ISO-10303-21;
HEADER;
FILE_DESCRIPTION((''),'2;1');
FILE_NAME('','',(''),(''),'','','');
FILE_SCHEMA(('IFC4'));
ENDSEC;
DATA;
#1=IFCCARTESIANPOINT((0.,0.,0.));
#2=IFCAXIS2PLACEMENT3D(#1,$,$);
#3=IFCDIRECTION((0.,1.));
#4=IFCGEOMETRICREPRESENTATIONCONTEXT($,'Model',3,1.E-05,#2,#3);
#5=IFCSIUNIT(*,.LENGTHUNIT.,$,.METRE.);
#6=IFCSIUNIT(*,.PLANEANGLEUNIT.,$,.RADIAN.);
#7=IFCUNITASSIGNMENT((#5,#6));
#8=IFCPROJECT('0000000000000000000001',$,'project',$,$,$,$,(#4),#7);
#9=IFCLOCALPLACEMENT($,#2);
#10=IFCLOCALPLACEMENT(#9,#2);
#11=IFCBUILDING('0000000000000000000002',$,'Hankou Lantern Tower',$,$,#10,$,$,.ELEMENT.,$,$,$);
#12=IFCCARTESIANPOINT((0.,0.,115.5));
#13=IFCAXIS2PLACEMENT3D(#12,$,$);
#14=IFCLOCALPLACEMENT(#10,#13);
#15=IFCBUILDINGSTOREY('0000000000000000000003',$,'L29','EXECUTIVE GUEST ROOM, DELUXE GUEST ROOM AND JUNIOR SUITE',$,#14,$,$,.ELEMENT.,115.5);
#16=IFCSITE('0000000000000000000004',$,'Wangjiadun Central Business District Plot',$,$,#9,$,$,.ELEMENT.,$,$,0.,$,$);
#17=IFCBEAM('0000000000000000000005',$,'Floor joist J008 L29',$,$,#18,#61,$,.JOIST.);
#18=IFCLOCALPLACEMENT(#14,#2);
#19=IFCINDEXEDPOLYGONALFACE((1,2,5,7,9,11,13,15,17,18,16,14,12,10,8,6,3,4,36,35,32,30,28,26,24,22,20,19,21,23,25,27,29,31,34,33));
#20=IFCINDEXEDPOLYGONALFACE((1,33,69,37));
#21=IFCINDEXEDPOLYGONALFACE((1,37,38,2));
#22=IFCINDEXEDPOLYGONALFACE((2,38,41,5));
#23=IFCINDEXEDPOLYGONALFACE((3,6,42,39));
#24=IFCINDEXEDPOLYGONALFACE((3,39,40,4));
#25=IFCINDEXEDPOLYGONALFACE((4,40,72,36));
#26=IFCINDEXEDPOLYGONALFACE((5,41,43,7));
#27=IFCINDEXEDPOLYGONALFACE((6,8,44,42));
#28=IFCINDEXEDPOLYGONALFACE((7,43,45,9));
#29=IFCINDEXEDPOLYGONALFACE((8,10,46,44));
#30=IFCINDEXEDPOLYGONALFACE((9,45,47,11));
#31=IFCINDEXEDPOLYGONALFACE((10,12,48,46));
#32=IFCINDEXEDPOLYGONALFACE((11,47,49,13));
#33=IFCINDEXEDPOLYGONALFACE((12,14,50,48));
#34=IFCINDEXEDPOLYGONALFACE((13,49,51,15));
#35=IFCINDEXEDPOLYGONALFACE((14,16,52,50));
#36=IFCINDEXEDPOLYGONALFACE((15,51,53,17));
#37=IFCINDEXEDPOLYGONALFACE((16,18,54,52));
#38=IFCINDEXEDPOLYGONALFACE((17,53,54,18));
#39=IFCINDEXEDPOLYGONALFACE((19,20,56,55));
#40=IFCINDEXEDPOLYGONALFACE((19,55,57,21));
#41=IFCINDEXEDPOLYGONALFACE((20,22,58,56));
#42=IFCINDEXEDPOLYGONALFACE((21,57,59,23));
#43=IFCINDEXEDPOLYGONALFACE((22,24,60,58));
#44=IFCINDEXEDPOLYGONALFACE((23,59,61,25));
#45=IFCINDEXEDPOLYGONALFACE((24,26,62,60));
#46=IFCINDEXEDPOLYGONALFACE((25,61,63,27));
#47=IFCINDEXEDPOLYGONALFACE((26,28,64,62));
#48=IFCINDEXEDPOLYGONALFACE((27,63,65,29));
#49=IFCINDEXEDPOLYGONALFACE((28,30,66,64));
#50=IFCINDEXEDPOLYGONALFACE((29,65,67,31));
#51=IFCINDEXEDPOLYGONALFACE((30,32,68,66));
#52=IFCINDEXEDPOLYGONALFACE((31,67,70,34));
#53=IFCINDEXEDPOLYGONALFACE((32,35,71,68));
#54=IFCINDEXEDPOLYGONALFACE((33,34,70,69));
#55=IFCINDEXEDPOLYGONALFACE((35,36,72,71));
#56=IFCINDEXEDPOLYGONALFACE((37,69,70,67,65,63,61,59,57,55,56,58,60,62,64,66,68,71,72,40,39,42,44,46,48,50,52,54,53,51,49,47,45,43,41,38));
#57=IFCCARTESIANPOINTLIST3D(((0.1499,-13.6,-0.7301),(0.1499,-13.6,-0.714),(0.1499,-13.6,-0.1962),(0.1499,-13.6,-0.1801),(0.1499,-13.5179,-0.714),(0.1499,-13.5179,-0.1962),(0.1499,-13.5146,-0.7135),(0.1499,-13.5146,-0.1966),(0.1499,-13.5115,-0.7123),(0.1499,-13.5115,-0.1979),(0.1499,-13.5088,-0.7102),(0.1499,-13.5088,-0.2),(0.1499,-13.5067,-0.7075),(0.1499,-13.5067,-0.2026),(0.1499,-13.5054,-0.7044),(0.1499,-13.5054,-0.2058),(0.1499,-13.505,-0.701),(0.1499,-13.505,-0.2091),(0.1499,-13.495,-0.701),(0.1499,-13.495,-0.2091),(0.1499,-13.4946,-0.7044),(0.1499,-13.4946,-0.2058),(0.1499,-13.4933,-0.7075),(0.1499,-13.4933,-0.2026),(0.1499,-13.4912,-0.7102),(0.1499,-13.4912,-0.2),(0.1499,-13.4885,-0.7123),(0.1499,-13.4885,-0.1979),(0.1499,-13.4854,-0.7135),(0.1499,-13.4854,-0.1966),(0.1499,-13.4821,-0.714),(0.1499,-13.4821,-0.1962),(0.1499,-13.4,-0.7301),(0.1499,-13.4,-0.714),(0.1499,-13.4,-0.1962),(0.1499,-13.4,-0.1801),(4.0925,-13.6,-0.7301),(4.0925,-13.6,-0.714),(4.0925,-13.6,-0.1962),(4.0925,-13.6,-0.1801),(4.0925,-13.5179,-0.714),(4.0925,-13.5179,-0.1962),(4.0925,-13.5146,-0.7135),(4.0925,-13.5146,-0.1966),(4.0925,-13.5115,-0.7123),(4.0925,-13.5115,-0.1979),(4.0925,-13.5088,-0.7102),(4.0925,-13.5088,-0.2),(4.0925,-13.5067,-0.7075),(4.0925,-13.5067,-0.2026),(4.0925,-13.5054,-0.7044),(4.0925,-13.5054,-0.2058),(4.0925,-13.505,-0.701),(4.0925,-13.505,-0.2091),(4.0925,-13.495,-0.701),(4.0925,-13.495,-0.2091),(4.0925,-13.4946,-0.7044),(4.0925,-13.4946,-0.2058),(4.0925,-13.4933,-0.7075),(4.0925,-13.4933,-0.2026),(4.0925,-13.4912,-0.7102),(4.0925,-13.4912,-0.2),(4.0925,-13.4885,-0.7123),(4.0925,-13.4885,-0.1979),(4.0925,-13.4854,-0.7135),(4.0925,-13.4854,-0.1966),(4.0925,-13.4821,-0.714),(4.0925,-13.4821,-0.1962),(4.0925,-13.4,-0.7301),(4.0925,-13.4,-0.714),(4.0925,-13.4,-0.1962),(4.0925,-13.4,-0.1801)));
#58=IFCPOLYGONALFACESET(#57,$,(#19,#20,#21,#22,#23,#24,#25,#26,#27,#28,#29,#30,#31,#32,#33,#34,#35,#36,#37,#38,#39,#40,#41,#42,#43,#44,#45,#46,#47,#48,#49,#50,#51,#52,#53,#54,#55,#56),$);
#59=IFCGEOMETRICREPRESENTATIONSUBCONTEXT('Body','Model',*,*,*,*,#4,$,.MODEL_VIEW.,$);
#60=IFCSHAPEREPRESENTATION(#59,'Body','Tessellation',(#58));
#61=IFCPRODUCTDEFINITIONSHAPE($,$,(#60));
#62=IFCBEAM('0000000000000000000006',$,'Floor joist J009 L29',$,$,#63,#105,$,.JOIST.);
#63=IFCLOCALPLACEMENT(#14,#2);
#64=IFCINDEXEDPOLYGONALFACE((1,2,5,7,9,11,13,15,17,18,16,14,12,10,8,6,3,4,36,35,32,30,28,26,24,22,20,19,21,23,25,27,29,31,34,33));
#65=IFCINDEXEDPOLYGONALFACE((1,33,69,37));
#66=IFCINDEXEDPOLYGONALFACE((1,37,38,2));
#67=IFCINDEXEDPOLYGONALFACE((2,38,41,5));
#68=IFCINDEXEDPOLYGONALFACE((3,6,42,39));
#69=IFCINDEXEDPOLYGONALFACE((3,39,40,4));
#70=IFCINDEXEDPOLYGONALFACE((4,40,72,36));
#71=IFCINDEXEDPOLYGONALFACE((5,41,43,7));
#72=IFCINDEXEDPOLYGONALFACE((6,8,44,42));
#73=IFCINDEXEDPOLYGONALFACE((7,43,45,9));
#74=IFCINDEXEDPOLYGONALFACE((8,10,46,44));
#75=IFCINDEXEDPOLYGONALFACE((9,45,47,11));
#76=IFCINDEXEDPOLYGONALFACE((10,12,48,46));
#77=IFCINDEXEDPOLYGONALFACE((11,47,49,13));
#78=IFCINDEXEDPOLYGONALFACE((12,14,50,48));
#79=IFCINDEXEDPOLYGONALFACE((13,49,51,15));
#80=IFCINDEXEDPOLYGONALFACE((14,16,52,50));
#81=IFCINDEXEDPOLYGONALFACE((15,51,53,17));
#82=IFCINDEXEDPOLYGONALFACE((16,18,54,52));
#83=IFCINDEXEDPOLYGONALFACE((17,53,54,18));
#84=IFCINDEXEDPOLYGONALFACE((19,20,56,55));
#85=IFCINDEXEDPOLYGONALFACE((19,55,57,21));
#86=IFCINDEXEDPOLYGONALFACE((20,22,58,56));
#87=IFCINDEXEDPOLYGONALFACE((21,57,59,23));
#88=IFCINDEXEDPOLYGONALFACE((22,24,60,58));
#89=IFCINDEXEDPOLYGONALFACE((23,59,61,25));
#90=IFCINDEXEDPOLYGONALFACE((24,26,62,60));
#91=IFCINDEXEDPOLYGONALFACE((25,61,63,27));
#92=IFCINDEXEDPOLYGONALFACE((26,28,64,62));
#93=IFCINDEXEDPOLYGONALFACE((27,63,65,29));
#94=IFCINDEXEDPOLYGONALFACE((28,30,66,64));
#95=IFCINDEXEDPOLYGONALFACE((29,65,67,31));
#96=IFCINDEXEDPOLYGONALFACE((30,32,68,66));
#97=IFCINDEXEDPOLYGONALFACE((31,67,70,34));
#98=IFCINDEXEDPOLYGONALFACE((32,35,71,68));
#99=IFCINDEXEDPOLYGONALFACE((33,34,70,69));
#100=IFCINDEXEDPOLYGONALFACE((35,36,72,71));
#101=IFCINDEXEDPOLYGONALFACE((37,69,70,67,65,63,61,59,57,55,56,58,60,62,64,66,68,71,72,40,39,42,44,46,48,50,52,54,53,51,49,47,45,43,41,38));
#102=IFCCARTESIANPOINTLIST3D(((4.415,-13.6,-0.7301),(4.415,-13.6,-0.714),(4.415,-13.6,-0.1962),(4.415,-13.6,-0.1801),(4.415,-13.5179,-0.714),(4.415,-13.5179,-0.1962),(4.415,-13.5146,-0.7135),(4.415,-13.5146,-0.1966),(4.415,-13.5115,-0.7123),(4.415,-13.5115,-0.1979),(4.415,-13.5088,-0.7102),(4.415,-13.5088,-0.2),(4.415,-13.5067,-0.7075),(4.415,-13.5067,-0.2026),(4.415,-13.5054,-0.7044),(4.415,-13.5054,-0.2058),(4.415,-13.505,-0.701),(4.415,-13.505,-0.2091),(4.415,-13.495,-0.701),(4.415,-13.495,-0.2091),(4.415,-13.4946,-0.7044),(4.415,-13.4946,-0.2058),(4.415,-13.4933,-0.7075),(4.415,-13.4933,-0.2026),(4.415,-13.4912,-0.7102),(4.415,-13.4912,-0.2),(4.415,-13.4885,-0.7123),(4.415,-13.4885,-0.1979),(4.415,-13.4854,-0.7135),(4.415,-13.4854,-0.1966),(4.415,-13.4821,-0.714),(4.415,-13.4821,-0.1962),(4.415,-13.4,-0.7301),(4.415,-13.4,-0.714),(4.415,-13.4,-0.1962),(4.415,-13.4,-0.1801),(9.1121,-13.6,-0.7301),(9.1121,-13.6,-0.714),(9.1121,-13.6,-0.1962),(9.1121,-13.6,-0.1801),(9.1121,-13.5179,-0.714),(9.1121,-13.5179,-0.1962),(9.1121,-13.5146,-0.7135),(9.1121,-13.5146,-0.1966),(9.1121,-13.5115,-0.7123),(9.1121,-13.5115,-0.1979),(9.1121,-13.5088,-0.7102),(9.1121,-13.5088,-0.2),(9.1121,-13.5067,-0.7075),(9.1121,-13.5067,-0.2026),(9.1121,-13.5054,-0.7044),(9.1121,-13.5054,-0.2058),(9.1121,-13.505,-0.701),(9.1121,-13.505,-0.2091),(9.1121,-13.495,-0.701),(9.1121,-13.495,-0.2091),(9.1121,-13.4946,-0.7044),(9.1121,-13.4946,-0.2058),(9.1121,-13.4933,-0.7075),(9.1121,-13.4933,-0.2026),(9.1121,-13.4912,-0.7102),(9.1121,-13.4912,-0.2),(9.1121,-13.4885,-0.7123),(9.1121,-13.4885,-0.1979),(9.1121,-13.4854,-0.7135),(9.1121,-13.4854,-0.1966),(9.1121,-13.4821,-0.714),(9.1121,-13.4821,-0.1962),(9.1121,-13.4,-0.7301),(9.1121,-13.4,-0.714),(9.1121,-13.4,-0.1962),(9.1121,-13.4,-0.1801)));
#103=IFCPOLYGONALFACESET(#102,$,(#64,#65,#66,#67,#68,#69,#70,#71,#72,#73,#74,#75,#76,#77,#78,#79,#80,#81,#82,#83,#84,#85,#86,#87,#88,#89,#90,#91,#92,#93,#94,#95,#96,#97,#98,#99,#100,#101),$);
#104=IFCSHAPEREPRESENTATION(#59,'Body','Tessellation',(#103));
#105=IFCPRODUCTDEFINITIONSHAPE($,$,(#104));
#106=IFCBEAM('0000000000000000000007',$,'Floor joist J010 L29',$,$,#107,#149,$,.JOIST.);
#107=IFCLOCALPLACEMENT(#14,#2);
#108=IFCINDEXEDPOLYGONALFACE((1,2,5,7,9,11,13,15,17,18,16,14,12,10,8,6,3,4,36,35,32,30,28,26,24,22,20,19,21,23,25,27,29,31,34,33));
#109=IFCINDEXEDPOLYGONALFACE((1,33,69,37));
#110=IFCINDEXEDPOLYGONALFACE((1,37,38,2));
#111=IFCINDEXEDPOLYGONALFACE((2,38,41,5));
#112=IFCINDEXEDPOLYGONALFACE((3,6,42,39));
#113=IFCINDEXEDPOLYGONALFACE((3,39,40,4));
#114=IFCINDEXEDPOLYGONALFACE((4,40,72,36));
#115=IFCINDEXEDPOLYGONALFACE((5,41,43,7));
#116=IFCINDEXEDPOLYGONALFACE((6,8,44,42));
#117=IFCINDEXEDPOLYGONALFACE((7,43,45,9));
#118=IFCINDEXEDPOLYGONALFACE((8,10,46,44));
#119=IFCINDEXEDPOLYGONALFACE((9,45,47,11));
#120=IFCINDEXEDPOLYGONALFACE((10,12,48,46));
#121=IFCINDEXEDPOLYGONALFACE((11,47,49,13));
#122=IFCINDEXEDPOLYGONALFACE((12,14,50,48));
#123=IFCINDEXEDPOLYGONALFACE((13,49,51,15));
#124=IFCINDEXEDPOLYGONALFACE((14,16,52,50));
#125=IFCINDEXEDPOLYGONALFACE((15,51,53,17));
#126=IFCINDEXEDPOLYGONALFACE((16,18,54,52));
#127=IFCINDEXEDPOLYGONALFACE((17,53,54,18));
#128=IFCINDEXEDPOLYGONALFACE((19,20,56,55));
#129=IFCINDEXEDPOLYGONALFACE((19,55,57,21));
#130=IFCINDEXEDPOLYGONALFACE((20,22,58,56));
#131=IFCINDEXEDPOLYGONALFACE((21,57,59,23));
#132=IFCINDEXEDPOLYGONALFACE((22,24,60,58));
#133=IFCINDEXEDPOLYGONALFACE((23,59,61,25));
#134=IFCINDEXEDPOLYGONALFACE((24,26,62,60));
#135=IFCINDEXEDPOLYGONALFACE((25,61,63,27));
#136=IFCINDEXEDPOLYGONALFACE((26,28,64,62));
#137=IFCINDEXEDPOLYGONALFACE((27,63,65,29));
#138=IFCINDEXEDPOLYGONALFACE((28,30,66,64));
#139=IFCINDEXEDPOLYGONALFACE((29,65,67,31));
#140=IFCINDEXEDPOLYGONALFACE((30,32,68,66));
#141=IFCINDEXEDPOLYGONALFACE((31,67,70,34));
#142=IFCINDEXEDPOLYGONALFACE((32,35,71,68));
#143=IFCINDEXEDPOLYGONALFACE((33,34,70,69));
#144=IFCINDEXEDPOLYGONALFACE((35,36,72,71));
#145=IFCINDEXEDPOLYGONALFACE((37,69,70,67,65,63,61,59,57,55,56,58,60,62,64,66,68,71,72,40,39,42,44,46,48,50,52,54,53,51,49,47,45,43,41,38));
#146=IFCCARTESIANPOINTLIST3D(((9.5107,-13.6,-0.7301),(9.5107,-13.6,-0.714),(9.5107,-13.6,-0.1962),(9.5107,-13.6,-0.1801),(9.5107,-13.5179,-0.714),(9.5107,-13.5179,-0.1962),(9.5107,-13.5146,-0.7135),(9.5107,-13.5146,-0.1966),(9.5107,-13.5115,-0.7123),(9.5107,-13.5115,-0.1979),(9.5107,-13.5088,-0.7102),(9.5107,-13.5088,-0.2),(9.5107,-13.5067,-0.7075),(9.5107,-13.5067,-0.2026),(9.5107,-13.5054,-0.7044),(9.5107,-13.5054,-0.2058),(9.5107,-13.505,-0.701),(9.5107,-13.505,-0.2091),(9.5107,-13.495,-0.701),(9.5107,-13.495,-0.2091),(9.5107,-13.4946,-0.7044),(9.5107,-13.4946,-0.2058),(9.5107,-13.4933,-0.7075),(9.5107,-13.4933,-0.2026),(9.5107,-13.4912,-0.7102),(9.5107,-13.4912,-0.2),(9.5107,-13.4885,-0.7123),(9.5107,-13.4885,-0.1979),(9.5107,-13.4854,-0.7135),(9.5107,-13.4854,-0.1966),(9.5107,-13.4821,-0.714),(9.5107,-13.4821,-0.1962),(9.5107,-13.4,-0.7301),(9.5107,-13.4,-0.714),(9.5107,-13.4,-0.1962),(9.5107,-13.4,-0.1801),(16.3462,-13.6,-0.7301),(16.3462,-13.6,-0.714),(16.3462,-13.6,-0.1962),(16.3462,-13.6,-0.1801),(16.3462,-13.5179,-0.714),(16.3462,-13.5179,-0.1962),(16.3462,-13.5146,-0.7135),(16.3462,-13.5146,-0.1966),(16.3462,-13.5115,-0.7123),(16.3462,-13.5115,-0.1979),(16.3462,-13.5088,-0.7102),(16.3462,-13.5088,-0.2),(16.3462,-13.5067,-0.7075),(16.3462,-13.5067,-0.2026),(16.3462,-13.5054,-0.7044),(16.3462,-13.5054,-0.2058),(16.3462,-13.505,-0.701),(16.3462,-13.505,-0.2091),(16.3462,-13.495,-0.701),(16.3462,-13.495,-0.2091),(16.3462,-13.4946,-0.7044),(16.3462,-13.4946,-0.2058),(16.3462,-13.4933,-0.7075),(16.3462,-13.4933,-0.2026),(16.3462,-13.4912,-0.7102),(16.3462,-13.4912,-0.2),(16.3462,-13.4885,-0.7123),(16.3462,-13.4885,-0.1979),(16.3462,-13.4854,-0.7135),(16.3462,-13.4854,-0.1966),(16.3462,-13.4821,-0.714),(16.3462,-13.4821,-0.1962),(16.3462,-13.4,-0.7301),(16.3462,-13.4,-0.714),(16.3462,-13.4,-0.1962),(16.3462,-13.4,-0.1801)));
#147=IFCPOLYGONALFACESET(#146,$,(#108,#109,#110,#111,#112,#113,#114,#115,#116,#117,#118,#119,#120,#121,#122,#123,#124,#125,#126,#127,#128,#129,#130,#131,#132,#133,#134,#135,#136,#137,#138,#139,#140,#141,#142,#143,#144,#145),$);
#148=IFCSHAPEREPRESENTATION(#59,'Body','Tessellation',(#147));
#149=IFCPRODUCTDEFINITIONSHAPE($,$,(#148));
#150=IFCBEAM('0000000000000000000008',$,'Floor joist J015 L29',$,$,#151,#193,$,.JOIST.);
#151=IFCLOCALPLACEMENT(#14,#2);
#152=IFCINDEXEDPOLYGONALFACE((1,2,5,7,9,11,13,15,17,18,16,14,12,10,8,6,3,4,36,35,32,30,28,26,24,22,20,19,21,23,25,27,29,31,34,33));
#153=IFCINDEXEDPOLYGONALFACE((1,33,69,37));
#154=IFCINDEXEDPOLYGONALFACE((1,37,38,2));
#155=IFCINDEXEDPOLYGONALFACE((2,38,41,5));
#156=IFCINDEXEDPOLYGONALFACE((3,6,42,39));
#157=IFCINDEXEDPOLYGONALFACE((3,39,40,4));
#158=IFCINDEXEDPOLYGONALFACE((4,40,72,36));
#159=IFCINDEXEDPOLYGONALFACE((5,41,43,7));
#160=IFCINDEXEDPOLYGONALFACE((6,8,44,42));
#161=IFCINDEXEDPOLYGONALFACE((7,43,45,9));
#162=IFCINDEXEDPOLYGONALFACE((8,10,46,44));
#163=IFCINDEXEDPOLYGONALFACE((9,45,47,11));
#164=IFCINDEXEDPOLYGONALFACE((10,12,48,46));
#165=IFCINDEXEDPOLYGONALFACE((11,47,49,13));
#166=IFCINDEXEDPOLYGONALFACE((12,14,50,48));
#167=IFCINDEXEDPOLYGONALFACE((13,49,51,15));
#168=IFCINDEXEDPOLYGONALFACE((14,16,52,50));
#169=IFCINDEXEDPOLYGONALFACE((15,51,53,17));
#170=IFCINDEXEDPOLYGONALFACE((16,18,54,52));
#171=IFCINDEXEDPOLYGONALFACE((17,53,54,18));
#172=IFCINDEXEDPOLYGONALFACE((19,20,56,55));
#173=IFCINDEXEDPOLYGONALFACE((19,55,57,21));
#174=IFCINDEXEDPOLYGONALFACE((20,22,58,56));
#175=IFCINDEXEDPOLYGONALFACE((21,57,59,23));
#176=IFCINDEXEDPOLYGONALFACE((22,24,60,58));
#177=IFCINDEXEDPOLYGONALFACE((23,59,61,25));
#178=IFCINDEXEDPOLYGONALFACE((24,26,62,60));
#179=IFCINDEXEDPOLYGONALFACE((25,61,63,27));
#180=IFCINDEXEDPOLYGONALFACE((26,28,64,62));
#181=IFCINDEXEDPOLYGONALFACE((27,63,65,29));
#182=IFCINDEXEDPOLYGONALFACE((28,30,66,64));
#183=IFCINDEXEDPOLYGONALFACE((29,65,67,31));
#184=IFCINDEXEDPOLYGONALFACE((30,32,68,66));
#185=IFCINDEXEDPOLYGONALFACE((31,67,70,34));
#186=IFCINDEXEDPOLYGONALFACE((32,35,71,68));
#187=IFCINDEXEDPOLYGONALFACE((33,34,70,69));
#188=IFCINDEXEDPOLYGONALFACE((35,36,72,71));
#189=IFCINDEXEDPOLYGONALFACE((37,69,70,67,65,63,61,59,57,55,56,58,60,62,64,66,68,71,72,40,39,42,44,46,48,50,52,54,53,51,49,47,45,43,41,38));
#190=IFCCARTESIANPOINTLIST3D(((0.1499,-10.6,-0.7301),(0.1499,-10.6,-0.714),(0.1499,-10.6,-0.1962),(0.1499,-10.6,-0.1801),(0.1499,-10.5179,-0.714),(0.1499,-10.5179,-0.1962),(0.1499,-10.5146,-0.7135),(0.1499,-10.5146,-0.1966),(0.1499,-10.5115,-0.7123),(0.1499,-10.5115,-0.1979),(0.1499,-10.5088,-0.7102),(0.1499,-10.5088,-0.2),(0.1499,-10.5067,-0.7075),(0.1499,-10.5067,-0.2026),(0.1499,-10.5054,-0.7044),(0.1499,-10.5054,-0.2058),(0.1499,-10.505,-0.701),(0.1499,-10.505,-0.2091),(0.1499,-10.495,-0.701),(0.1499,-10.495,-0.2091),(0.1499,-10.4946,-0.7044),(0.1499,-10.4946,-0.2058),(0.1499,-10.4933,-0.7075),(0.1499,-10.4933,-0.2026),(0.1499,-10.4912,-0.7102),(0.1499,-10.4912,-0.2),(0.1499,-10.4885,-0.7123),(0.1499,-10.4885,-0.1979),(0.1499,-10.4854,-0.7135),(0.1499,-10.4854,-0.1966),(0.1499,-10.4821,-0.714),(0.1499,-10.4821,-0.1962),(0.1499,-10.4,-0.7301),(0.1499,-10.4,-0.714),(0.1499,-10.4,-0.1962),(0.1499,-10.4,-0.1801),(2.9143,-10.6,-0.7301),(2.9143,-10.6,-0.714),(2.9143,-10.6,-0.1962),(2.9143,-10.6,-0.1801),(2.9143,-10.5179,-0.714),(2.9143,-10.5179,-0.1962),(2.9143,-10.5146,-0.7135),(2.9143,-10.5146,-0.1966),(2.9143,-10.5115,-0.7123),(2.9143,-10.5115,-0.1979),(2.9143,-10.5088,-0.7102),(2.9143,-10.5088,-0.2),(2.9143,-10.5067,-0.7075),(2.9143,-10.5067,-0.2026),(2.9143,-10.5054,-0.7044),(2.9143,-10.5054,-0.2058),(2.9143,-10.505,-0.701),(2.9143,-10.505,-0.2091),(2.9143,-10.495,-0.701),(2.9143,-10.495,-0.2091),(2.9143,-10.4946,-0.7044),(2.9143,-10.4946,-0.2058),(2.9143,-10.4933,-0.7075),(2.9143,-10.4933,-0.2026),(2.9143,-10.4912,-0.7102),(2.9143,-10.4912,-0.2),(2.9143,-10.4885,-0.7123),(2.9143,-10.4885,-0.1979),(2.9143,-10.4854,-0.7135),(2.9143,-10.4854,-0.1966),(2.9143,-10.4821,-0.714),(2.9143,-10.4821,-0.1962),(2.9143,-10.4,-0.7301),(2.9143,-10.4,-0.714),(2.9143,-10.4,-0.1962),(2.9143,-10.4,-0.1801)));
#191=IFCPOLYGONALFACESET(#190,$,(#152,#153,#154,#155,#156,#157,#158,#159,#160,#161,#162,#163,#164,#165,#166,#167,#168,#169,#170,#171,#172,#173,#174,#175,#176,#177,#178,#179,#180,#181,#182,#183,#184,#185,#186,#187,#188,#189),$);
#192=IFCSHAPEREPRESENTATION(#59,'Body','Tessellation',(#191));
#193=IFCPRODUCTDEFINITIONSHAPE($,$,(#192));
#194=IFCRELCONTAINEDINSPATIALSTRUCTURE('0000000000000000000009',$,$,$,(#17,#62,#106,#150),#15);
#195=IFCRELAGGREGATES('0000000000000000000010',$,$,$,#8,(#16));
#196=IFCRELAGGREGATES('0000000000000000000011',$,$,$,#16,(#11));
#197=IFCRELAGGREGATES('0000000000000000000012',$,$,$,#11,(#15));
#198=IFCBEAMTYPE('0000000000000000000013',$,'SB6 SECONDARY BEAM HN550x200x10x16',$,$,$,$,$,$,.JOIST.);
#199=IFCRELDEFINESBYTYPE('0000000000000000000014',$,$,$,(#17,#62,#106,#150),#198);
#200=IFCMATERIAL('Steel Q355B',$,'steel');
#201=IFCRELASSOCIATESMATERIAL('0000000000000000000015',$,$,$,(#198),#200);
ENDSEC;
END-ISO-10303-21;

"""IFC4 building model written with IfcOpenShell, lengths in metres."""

from ifc_helpers import new_model, si_unit, direction, frame, origin, origin_2d, place, context, subcontext, project, spatial, i_section, extrude, material, material_profile, profile_set, type_object, element, save


model = new_model("IFC4")

# Units and contexts
model_context = context("Model", 3, precision=1e-05, world=origin(), true_north=direction((0.0, 1.0)))
body_context = subcontext(model_context, "Body", "Model", "MODEL_VIEW")
ifc_project = project(units=[si_unit("LENGTHUNIT", "METRE"), si_unit("PLANEANGLEUNIT", "RADIAN")], contexts=[model_context])

# Site, building, storey
site_placement = place(None, origin())
site = spatial("IfcSite", under=ifc_project, at=site_placement, Name="Wangjiadun Central Business District Plot", CompositionType="ELEMENT", RefElevation=0.0)
building_placement = place(site_placement, origin())
building = spatial("IfcBuilding", under=site, at=building_placement, Name="Hankou Lantern Tower", CompositionType="ELEMENT")
storey_placement = place(building_placement, frame((0.0, 0.0, 115.5)))
storey = spatial("IfcBuildingStorey", under=building, at=storey_placement, Name="L29", Description="EXECUTIVE GUEST ROOM, DELUXE GUEST ROOM AND JUNIOR SUITE", CompositionType="ELEMENT", Elevation=115.5)

# Beams
ifc_material_1 = material(Name="Steel Q355B", Category="steel")
ifc_material_profile_1 = material_profile(ifc_material_1, i_section(OverallWidth=0.2, OverallDepth=0.55, WebThickness=0.01, FlangeThickness=0.0161, FilletRadius=0.0129, at=origin_2d()), Name="HN550x200x10x16")
ifc_profile_set_1 = profile_set([ifc_material_profile_1], Name="Steel Q355B")
beam_type_1 = type_object("IfcBeamType", Name="SB6 SECONDARY BEAM HN550x200x10x16", PredefinedType="JOIST", material=ifc_profile_set_1)
beam_1_placement = place(storey_placement, frame((0.1499, -13.5, -0.4551), z_axis=(1.0, 0.0, 0.0), x_axis=(0.0, 1.0, 0.0)))
element("IfcBeam", 1, at=beam_1_placement, inside=storey, type_object=beam_type_1, Name="Floor joist J008 L29", PredefinedType="JOIST", context=body_context, shape_type="SweptSolid", body=[
    extrude(i_section(OverallWidth=0.2, OverallDepth=0.55, WebThickness=0.01, FlangeThickness=0.0161, FilletRadius=0.0129, at=origin_2d()), origin(), (0.0, 0.0, 1.0), 3.9426),
])
beam_2_placement = place(storey_placement, frame((4.415, -13.5, -0.4551), z_axis=(1.0, 0.0, 0.0), x_axis=(0.0, 1.0, 0.0)))
element("IfcBeam", 2, at=beam_2_placement, inside=storey, type_object=beam_type_1, Name="Floor joist J009 L29", PredefinedType="JOIST", context=body_context, shape_type="SweptSolid", body=[
    extrude(i_section(OverallWidth=0.2, OverallDepth=0.55, WebThickness=0.01, FlangeThickness=0.0161, FilletRadius=0.0129, at=origin_2d()), origin(), (0.0, 0.0, 1.0), 4.697),
])
beam_3_placement = place(storey_placement, frame((9.5107, -13.5, -0.4551), z_axis=(1.0, 0.0, 0.0), x_axis=(0.0, 1.0, 0.0)))
element("IfcBeam", 3, at=beam_3_placement, inside=storey, type_object=beam_type_1, Name="Floor joist J010 L29", PredefinedType="JOIST", context=body_context, shape_type="SweptSolid", body=[
    extrude(i_section(OverallWidth=0.2, OverallDepth=0.55, WebThickness=0.01, FlangeThickness=0.0161, FilletRadius=0.0129, at=origin_2d()), origin(), (0.0, 0.0, 1.0), 6.8354),
])
beam_4_placement = place(storey_placement, frame((0.1499, -10.5, -0.4551), z_axis=(1.0, 0.0, 0.0), x_axis=(0.0, 1.0, 0.0)))
element("IfcBeam", 4, at=beam_4_placement, inside=storey, type_object=beam_type_1, Name="Floor joist J015 L29", PredefinedType="JOIST", context=body_context, shape_type="SweptSolid", body=[
    extrude(i_section(OverallWidth=0.2, OverallDepth=0.55, WebThickness=0.01, FlangeThickness=0.0161, FilletRadius=0.0129, at=origin_2d()), origin(), (0.0, 0.0, 1.0), 2.7644),
])

save(model, "model.ifc")
